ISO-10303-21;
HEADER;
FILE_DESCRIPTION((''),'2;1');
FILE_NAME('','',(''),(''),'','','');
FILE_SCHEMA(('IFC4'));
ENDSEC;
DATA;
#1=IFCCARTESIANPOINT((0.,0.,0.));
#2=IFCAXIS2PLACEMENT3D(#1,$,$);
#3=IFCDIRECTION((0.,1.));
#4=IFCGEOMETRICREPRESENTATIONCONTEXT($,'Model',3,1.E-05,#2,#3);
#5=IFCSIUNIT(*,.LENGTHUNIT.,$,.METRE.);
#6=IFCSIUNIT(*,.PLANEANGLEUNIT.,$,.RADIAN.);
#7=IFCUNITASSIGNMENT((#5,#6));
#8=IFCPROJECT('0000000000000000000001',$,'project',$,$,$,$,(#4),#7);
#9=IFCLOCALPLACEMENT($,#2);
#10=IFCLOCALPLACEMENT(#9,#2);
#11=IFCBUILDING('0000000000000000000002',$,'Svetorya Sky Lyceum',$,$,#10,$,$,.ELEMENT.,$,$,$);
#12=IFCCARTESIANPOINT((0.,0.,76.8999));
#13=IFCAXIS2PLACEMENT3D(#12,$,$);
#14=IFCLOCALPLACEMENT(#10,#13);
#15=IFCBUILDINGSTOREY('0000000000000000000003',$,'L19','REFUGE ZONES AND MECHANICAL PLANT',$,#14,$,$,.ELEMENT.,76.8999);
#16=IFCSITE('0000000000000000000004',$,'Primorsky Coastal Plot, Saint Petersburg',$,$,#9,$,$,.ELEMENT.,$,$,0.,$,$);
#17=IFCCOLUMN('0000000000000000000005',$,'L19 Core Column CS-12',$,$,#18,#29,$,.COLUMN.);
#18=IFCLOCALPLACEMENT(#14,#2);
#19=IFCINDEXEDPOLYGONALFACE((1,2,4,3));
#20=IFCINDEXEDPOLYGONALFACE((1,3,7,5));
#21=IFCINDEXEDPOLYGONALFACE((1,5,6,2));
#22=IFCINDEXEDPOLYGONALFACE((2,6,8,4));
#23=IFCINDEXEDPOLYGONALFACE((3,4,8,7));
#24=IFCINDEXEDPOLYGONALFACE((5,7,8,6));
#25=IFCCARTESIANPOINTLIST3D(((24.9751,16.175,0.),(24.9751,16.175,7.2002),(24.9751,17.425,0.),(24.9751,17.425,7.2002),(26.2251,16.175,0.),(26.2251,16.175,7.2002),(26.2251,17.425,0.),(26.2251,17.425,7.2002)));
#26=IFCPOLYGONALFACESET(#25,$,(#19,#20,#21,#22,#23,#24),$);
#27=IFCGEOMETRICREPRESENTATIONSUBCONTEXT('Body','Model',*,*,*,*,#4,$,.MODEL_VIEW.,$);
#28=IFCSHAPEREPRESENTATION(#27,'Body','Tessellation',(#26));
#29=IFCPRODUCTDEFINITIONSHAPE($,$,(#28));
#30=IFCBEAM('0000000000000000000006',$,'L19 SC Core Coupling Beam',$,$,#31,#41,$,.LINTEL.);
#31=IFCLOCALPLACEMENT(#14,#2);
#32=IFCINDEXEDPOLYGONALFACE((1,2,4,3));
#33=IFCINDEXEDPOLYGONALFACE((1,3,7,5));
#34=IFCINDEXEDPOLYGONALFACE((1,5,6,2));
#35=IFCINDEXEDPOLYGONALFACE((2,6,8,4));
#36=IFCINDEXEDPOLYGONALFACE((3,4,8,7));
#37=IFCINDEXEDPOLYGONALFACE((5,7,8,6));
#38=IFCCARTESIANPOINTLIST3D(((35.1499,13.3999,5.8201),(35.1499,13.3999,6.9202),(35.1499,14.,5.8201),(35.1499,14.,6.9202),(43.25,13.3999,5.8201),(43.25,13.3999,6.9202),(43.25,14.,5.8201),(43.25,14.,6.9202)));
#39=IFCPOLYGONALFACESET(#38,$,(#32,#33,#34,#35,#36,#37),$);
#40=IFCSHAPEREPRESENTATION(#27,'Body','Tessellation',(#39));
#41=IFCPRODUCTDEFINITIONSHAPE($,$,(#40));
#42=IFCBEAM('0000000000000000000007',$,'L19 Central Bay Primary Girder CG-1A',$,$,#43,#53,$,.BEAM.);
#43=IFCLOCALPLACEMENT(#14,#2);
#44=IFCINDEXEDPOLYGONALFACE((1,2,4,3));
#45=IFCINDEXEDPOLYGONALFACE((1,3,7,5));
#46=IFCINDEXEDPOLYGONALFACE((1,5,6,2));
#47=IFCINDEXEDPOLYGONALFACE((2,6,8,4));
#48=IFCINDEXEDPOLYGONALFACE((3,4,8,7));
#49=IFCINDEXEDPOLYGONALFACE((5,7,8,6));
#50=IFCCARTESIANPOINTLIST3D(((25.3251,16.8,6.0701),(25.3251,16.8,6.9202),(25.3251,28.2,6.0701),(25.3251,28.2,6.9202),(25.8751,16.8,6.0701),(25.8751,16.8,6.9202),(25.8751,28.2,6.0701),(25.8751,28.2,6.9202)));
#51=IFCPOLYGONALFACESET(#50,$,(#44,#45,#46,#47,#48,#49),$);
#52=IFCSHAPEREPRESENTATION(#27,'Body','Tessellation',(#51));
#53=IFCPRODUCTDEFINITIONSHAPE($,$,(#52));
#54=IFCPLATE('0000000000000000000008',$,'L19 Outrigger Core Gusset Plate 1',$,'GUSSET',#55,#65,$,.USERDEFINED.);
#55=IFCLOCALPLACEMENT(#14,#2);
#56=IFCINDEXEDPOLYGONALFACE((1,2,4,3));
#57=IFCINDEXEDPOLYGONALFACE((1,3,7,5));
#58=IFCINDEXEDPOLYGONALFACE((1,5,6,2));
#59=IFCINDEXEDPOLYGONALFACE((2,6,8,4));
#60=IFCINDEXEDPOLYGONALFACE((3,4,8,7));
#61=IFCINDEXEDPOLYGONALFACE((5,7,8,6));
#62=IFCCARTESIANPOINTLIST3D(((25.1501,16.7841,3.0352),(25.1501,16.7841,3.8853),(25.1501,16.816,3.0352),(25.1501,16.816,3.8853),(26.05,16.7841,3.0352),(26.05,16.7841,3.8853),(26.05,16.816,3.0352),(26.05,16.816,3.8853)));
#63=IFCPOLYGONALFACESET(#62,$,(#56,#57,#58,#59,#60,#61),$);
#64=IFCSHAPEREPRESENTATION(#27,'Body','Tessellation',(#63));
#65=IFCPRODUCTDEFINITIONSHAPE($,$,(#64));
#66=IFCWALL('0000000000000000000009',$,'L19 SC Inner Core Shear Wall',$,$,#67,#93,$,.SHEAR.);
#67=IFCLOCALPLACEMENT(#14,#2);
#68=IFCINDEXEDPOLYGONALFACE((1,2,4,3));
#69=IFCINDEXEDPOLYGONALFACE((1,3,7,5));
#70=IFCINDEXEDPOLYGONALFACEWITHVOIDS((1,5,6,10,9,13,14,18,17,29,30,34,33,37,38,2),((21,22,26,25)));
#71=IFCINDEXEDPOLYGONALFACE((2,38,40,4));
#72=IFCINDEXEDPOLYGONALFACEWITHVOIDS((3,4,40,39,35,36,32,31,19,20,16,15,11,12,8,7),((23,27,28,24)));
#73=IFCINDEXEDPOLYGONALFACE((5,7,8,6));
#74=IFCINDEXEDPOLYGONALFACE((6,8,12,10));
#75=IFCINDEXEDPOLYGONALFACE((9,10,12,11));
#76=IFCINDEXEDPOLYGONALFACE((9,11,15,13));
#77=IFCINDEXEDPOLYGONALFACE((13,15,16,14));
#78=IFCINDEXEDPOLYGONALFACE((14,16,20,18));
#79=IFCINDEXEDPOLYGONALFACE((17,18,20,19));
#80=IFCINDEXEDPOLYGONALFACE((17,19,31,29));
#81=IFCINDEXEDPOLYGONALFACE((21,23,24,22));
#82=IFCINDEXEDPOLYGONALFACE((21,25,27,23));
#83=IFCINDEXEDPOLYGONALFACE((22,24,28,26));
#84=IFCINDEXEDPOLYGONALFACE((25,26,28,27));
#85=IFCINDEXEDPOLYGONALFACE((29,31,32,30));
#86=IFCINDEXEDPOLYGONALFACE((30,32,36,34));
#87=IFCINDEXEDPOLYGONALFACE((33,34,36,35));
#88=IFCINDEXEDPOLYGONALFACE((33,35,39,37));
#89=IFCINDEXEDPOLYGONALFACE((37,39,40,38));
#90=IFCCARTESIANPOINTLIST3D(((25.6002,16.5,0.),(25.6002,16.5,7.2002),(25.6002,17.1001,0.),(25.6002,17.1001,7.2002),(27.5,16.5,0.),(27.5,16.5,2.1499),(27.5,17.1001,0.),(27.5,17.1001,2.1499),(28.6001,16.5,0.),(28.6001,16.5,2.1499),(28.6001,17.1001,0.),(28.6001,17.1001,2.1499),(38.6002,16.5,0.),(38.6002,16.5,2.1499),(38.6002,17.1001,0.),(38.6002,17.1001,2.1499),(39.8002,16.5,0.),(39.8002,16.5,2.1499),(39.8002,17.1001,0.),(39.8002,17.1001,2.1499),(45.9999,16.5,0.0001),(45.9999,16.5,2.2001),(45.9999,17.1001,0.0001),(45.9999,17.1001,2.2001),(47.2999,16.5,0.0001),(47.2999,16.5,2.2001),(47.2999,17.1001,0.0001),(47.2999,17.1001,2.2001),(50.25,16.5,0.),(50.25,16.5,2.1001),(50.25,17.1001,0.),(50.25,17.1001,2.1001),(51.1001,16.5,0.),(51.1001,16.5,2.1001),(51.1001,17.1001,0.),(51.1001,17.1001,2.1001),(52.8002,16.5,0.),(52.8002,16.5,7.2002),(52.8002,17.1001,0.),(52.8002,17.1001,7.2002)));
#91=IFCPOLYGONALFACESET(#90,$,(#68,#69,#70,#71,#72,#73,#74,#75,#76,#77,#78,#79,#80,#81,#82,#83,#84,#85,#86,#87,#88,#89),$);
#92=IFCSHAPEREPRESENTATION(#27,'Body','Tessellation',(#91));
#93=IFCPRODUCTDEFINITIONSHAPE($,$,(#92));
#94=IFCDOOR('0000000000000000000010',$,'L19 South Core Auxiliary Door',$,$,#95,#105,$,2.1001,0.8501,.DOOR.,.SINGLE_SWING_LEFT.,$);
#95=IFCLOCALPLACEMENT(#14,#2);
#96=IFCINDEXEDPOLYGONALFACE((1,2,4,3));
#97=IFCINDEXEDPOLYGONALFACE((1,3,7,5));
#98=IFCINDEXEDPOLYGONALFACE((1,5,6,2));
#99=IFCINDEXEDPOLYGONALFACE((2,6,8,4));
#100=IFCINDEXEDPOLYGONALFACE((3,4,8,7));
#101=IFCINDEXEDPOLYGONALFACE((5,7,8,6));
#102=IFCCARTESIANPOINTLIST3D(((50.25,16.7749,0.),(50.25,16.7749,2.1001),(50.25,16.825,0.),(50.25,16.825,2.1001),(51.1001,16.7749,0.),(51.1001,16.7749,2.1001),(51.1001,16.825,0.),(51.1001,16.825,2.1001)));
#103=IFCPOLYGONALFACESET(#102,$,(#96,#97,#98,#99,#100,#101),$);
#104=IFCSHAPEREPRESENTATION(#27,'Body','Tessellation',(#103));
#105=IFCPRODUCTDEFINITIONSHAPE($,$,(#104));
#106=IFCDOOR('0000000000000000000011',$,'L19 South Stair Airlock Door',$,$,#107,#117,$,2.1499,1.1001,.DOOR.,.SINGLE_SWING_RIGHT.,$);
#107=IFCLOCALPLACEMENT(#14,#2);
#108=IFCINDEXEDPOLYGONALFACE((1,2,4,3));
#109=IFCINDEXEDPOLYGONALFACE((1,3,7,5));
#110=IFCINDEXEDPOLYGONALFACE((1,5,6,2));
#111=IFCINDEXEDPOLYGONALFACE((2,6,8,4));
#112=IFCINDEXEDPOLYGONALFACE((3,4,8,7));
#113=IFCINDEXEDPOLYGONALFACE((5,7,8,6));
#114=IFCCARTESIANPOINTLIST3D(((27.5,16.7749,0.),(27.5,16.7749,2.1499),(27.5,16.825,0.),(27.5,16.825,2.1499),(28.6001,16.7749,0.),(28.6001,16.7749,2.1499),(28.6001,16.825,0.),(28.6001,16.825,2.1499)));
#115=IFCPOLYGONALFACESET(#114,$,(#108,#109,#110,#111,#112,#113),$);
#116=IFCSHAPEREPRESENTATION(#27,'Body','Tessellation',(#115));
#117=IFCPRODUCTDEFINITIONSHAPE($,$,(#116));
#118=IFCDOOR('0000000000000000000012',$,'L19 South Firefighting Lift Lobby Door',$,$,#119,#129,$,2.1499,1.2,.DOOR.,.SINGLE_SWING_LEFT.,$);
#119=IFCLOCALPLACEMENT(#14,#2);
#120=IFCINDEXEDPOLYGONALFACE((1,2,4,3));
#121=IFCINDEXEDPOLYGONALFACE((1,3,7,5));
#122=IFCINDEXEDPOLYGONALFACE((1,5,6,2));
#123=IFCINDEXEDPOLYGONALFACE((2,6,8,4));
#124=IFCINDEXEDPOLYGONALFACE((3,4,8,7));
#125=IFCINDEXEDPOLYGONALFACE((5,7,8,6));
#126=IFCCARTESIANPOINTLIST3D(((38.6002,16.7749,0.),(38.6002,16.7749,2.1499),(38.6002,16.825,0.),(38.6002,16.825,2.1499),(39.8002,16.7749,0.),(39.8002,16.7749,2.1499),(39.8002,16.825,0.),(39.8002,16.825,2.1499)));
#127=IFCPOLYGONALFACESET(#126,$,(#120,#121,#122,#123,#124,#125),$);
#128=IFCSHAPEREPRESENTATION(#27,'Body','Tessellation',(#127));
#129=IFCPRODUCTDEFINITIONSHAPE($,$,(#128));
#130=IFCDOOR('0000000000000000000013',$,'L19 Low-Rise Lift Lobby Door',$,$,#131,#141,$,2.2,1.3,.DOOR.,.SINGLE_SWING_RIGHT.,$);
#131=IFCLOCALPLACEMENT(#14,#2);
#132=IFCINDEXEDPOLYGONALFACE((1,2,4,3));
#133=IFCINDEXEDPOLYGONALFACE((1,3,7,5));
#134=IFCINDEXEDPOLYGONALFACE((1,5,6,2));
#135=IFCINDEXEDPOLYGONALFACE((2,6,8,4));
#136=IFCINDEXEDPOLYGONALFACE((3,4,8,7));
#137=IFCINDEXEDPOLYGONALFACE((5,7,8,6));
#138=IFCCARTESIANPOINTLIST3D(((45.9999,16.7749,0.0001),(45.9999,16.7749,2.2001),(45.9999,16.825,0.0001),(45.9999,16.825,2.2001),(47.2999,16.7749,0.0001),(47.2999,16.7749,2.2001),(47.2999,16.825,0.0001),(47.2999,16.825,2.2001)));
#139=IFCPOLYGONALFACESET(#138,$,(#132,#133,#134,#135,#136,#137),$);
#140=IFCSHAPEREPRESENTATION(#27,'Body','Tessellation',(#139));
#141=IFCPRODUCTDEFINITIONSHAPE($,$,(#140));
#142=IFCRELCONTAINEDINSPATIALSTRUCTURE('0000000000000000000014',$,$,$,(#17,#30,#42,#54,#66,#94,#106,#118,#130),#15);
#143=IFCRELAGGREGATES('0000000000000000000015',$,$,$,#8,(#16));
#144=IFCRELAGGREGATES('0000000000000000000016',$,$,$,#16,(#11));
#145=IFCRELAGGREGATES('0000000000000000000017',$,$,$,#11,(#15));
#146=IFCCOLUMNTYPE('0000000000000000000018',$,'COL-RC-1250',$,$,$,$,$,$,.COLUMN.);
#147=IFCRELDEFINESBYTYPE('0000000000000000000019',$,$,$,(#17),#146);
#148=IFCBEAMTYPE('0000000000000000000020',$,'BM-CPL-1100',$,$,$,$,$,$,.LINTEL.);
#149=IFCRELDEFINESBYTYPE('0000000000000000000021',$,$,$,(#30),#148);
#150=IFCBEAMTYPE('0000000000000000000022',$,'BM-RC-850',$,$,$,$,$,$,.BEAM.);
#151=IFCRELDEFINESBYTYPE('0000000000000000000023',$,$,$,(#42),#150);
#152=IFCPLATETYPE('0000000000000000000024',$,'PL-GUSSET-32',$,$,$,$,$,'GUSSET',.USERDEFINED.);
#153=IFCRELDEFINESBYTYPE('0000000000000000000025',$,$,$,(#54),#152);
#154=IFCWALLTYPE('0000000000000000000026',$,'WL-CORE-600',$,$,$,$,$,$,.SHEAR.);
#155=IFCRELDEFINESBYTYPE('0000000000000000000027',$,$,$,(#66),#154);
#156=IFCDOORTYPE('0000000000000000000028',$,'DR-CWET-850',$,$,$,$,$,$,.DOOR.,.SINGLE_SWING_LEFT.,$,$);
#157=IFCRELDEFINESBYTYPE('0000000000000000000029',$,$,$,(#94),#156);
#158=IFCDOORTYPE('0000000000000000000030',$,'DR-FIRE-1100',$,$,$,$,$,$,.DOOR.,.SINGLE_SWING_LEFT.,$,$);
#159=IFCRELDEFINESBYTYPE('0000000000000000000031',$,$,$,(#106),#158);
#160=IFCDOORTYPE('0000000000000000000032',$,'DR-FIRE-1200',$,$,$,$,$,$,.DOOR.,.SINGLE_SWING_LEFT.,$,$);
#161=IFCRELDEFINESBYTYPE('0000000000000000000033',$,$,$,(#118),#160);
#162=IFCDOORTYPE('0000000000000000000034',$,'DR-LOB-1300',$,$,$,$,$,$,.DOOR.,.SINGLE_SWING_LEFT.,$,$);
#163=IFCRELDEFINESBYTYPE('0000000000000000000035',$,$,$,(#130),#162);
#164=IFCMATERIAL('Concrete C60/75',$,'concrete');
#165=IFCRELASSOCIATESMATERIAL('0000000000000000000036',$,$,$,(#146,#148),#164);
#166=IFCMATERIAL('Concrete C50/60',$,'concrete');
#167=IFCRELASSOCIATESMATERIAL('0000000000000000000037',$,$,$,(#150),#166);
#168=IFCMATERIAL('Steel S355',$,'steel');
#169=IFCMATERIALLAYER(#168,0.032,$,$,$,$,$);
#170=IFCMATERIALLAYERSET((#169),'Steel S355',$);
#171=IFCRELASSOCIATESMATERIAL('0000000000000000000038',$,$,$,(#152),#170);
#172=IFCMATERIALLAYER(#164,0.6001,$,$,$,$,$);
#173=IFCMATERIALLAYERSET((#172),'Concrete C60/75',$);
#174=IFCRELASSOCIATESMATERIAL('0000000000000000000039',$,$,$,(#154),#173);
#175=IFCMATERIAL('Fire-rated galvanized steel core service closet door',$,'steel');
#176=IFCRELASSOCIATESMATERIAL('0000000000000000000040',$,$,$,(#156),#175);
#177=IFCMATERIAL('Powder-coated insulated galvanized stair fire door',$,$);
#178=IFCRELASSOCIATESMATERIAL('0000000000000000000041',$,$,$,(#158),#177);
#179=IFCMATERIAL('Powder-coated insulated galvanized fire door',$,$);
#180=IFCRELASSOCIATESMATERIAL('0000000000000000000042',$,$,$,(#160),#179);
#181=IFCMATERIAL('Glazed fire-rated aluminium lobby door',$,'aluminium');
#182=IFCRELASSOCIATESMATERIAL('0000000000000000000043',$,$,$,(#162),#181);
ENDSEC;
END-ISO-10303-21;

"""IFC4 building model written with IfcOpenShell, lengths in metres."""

from ifc_helpers import new_model, si_unit, direction, frame, frame_2d, origin, origin_2d, place, context, subcontext, project, spatial, rectangle, extrude, material, layer, layer_set, material_profile, profile_set, type_object, element, fill, save


model = new_model("IFC4")

# Units and contexts
model_context = context("Model", 3, precision=1e-05, world=origin(), true_north=direction((0.0, 1.0)))
body_context = subcontext(model_context, "Body", "Model", "MODEL_VIEW")
ifc_project = project(units=[si_unit("LENGTHUNIT", "METRE"), si_unit("PLANEANGLEUNIT", "RADIAN")], contexts=[model_context])

# Site, building, storey
site_placement = place(None, origin())
site = spatial("IfcSite", under=ifc_project, at=site_placement, Name="Primorsky Coastal Plot, Saint Petersburg", CompositionType="ELEMENT", RefElevation=0.0)
building_placement = place(site_placement, origin())
building = spatial("IfcBuilding", under=site, at=building_placement, Name="Svetorya Sky Lyceum", CompositionType="ELEMENT")
storey_placement = place(building_placement, frame((0.0, 0.0, 76.8999)))
storey = spatial("IfcBuildingStorey", under=building, at=storey_placement, Name="L19", Description="REFUGE ZONES AND MECHANICAL PLANT", CompositionType="ELEMENT", Elevation=76.8999)

# Column
ifc_material_1 = material(Name="Concrete C60/75", Category="concrete")
ifc_material_profile_1 = material_profile(ifc_material_1, rectangle(XDim=1.25, YDim=1.25, at=origin_2d()), Name="RC COL 1250x1250")
ifc_profile_set_1 = profile_set([ifc_material_profile_1], Name="Concrete C60/75")
column_type = type_object("IfcColumnType", Name="COL-RC-1250", PredefinedType="COLUMN", material=ifc_profile_set_1)
column_placement = place(storey_placement, frame((25.6001, 16.8, 0.0), z_axis=(0.0, 0.0, 1.0), x_axis=(1.0, 0.0, 0.0)))
element("IfcColumn", 1, at=column_placement, inside=storey, type_object=column_type, Name="L19 Core Column CS-12", PredefinedType="COLUMN", context=body_context, shape_type="SweptSolid", body=[
    extrude(rectangle(XDim=1.25, YDim=1.25, at=origin_2d()), origin(), (0.0, 0.0, 1.0), 7.2002),
])

# Beams
ifc_material_profile_2 = material_profile(ifc_material_1, rectangle(XDim=0.6001, YDim=1.1001, at=origin_2d()), Name="RC COUPLING 600x1100")
ifc_profile_set_2 = profile_set([ifc_material_profile_2], Name="Concrete C60/75")
beam_type_1 = type_object("IfcBeamType", Name="BM-CPL-1100", PredefinedType="LINTEL", material=ifc_profile_set_2)
beam_1_placement = place(storey_placement, frame((35.1499, 13.7, 6.3701), z_axis=(1.0, 0.0, 0.0), x_axis=(0.0, 1.0, 0.0)))
element("IfcBeam", 2, at=beam_1_placement, inside=storey, type_object=beam_type_1, Name="L19 SC Core Coupling Beam", PredefinedType="LINTEL", context=body_context, shape_type="SweptSolid", body=[
    extrude(rectangle(XDim=0.6001, YDim=1.1001, at=origin_2d()), origin(), (0.0, 0.0, 1.0), 8.1001),
])
ifc_material_2 = material(Name="Concrete C50/60", Category="concrete")
ifc_material_profile_3 = material_profile(ifc_material_2, rectangle(XDim=0.55, YDim=0.8501, at=origin_2d()), Name="RC BEAM 550x850")
ifc_profile_set_3 = profile_set([ifc_material_profile_3], Name="Concrete C50/60")
beam_type_2 = type_object("IfcBeamType", Name="BM-RC-850", PredefinedType="BEAM", material=ifc_profile_set_3)
beam_2_placement = place(storey_placement, frame((25.6001, 16.8, 6.4951), z_axis=(0.0, 1.0, 0.0), x_axis=(-1.0, 0.0, 0.0)))
element("IfcBeam", 3, at=beam_2_placement, inside=storey, type_object=beam_type_2, Name="L19 Central Bay Primary Girder CG-1A", PredefinedType="BEAM", context=body_context, shape_type="SweptSolid", body=[
    extrude(rectangle(XDim=0.55, YDim=0.8501, at=origin_2d()), origin(), (0.0, 0.0, 1.0), 11.3999),
])

# Plate
ifc_material_3 = material(Name="Steel S355", Category="steel")
ifc_layer_1 = layer(ifc_material_3, 0.032)
ifc_layer_set_1 = layer_set([ifc_layer_1], Name="Steel S355")
plate_type = type_object("IfcPlateType", Name="PL-GUSSET-32", ElementType="GUSSET", PredefinedType="USERDEFINED", material=ifc_layer_set_1)
plate_placement = place(storey_placement, frame((25.6001, 16.8, 3.0352), z_axis=(0.0, 0.0, 1.0), x_axis=(1.0, 0.0, 0.0)))
element("IfcPlate", 4, at=plate_placement, inside=storey, type_object=plate_type, Name="L19 Outrigger Core Gusset Plate 1", ObjectType="GUSSET", PredefinedType="USERDEFINED", context=body_context, shape_type="SweptSolid", body=[
    extrude(rectangle(XDim=0.8999, YDim=0.032, at=origin_2d()), origin(), (0.0, 0.0, 1.0), 0.8501),
])

# Wall, openings, doors
ifc_layer_2 = layer(ifc_material_1, 0.6001)
ifc_layer_set_2 = layer_set([ifc_layer_2], Name="Concrete C60/75")
wall_type_1 = type_object("IfcWallType", Name="WL-CORE-600", PredefinedType="SHEAR", material=ifc_layer_set_2)
wall_1_placement = place(storey_placement, frame((25.6001, 16.8, 0.0), z_axis=(0.0, 0.0, 1.0), x_axis=(1.0, 0.0, 0.0)))
wall_1 = element("IfcWall", 5, at=wall_1_placement, inside=storey, type_object=wall_type_1, Name="L19 SC Inner Core Shear Wall", PredefinedType="SHEAR", context=body_context, shape_type="SweptSolid", body=[
    extrude(rectangle(XDim=27.2, YDim=0.6001, at=frame_2d((13.6001, 0.0))), origin(), (0.0, 0.0, 1.0), 7.2002),
])
opening_1_placement = place(wall_1_placement, frame((1.8999, 0.0, 0.0)))
opening_1 = element("IfcOpeningElement", 6, at=opening_1_placement, cuts=wall_1, PredefinedType="OPENING", context=body_context, shape_type="SweptSolid", body=[
    extrude(rectangle(XDim=1.1001, YDim=2.1499, at=frame_2d((0.55, 1.075))), frame((0.0, 0.3101, 0.0), z_axis=(0.0, -1.0, 0.0), x_axis=(1.0, 0.0, 0.0)), (0.0, 0.0, 1.0), 0.6201),
])
opening_2_placement = place(wall_1_placement, frame((13.0, 0.0, 0.0)))
opening_2 = element("IfcOpeningElement", 7, at=opening_2_placement, cuts=wall_1, PredefinedType="OPENING", context=body_context, shape_type="SweptSolid", body=[
    extrude(rectangle(XDim=1.2, YDim=2.1499, at=frame_2d((0.6001, 1.075))), frame((0.0, 0.3101, 0.0), z_axis=(0.0, -1.0, 0.0), x_axis=(1.0, 0.0, 0.0)), (0.0, 0.0, 1.0), 0.6201),
])
opening_3_placement = place(wall_1_placement, frame((20.3999, 0.0, 0.0)))
opening_3 = element("IfcOpeningElement", 8, at=opening_3_placement, cuts=wall_1, PredefinedType="OPENING", context=body_context, shape_type="SweptSolid", body=[
    extrude(rectangle(XDim=1.3, YDim=2.2, at=frame_2d((0.6499, 1.1001))), frame((0.0, 0.3101, 0.0), z_axis=(0.0, -1.0, 0.0), x_axis=(1.0, 0.0, 0.0)), (0.0, 0.0, 1.0), 0.6201),
])
opening_4_placement = place(wall_1_placement, frame((24.6499, 0.0, 0.0)))
opening_4 = element("IfcOpeningElement", 9, at=opening_4_placement, cuts=wall_1, PredefinedType="OPENING", context=body_context, shape_type="SweptSolid", body=[
    extrude(rectangle(XDim=0.8501, YDim=2.1001, at=frame_2d((0.425, 1.05))), frame((0.0, 0.3101, 0.0), z_axis=(0.0, -1.0, 0.0), x_axis=(1.0, 0.0, 0.0)), (0.0, 0.0, 1.0), 0.6201),
])
ifc_material_4 = material(Name="Fire-rated galvanized steel core service closet door", Category="steel")
door_type_1 = type_object("IfcDoorType", Name="DR-CWET-850", OperationType="SINGLE_SWING_LEFT", PredefinedType="DOOR", material=ifc_material_4)
door_1_placement = place(opening_4_placement, origin())
door_1 = element("IfcDoor", 10, at=door_1_placement, inside=storey, type_object=door_type_1, Name="L19 South Core Auxiliary Door", OperationType="SINGLE_SWING_LEFT", OverallHeight=2.1001, OverallWidth=0.8501, PredefinedType="DOOR", context=body_context, shape_type="SweptSolid", body=[
    extrude(rectangle(XDim=0.8501, YDim=2.1001, at=frame_2d((0.425, 1.05))), frame((0.0, 0.0249, 0.0), z_axis=(0.0, -1.0, 0.0), x_axis=(1.0, 0.0, 0.0)), (0.0, 0.0, 1.0), 0.05),
])
fill(opening_4, door_1)
ifc_material_5 = material(Name="Powder-coated insulated galvanized stair fire door")
door_type_2 = type_object("IfcDoorType", Name="DR-FIRE-1100", OperationType="SINGLE_SWING_LEFT", PredefinedType="DOOR", material=ifc_material_5)
door_2_placement = place(opening_1_placement, origin())
door_2 = element("IfcDoor", 11, at=door_2_placement, inside=storey, type_object=door_type_2, Name="L19 South Stair Airlock Door", OperationType="SINGLE_SWING_RIGHT", OverallHeight=2.1499, OverallWidth=1.1001, PredefinedType="DOOR", context=body_context, shape_type="SweptSolid", body=[
    extrude(rectangle(XDim=1.1001, YDim=2.1499, at=frame_2d((0.55, 1.075))), frame((0.0, 0.0249, 0.0), z_axis=(0.0, -1.0, 0.0), x_axis=(1.0, 0.0, 0.0)), (0.0, 0.0, 1.0), 0.05),
])
fill(opening_1, door_2)
ifc_material_6 = material(Name="Powder-coated insulated galvanized fire door")
door_type_3 = type_object("IfcDoorType", Name="DR-FIRE-1200", OperationType="SINGLE_SWING_LEFT", PredefinedType="DOOR", material=ifc_material_6)
door_3_placement = place(opening_2_placement, origin())
door_3 = element("IfcDoor", 12, at=door_3_placement, inside=storey, type_object=door_type_3, Name="L19 South Firefighting Lift Lobby Door", OperationType="SINGLE_SWING_LEFT", OverallHeight=2.1499, OverallWidth=1.2, PredefinedType="DOOR", context=body_context, shape_type="SweptSolid", body=[
    extrude(rectangle(XDim=1.2, YDim=2.1499, at=frame_2d((0.6001, 1.075))), frame((0.0, 0.0249, 0.0), z_axis=(0.0, -1.0, 0.0), x_axis=(1.0, 0.0, 0.0)), (0.0, 0.0, 1.0), 0.05),
])
fill(opening_2, door_3)
ifc_material_7 = material(Name="Glazed fire-rated aluminium lobby door", Category="aluminium")
door_type_4 = type_object("IfcDoorType", Name="DR-LOB-1300", OperationType="SINGLE_SWING_LEFT", PredefinedType="DOOR", material=ifc_material_7)
door_4_placement = place(opening_3_placement, origin())
door_4 = element("IfcDoor", 13, at=door_4_placement, inside=storey, type_object=door_type_4, Name="L19 Low-Rise Lift Lobby Door", OperationType="SINGLE_SWING_RIGHT", OverallHeight=2.2, OverallWidth=1.3, PredefinedType="DOOR", context=body_context, shape_type="SweptSolid", body=[
    extrude(rectangle(XDim=1.3, YDim=2.2, at=frame_2d((0.6499, 1.1001))), frame((0.0, 0.0249, 0.0), z_axis=(0.0, -1.0, 0.0), x_axis=(1.0, 0.0, 0.0)), (0.0, 0.0, 1.0), 0.05),
])
fill(opening_3, door_4)

save(model, "model.ifc")
